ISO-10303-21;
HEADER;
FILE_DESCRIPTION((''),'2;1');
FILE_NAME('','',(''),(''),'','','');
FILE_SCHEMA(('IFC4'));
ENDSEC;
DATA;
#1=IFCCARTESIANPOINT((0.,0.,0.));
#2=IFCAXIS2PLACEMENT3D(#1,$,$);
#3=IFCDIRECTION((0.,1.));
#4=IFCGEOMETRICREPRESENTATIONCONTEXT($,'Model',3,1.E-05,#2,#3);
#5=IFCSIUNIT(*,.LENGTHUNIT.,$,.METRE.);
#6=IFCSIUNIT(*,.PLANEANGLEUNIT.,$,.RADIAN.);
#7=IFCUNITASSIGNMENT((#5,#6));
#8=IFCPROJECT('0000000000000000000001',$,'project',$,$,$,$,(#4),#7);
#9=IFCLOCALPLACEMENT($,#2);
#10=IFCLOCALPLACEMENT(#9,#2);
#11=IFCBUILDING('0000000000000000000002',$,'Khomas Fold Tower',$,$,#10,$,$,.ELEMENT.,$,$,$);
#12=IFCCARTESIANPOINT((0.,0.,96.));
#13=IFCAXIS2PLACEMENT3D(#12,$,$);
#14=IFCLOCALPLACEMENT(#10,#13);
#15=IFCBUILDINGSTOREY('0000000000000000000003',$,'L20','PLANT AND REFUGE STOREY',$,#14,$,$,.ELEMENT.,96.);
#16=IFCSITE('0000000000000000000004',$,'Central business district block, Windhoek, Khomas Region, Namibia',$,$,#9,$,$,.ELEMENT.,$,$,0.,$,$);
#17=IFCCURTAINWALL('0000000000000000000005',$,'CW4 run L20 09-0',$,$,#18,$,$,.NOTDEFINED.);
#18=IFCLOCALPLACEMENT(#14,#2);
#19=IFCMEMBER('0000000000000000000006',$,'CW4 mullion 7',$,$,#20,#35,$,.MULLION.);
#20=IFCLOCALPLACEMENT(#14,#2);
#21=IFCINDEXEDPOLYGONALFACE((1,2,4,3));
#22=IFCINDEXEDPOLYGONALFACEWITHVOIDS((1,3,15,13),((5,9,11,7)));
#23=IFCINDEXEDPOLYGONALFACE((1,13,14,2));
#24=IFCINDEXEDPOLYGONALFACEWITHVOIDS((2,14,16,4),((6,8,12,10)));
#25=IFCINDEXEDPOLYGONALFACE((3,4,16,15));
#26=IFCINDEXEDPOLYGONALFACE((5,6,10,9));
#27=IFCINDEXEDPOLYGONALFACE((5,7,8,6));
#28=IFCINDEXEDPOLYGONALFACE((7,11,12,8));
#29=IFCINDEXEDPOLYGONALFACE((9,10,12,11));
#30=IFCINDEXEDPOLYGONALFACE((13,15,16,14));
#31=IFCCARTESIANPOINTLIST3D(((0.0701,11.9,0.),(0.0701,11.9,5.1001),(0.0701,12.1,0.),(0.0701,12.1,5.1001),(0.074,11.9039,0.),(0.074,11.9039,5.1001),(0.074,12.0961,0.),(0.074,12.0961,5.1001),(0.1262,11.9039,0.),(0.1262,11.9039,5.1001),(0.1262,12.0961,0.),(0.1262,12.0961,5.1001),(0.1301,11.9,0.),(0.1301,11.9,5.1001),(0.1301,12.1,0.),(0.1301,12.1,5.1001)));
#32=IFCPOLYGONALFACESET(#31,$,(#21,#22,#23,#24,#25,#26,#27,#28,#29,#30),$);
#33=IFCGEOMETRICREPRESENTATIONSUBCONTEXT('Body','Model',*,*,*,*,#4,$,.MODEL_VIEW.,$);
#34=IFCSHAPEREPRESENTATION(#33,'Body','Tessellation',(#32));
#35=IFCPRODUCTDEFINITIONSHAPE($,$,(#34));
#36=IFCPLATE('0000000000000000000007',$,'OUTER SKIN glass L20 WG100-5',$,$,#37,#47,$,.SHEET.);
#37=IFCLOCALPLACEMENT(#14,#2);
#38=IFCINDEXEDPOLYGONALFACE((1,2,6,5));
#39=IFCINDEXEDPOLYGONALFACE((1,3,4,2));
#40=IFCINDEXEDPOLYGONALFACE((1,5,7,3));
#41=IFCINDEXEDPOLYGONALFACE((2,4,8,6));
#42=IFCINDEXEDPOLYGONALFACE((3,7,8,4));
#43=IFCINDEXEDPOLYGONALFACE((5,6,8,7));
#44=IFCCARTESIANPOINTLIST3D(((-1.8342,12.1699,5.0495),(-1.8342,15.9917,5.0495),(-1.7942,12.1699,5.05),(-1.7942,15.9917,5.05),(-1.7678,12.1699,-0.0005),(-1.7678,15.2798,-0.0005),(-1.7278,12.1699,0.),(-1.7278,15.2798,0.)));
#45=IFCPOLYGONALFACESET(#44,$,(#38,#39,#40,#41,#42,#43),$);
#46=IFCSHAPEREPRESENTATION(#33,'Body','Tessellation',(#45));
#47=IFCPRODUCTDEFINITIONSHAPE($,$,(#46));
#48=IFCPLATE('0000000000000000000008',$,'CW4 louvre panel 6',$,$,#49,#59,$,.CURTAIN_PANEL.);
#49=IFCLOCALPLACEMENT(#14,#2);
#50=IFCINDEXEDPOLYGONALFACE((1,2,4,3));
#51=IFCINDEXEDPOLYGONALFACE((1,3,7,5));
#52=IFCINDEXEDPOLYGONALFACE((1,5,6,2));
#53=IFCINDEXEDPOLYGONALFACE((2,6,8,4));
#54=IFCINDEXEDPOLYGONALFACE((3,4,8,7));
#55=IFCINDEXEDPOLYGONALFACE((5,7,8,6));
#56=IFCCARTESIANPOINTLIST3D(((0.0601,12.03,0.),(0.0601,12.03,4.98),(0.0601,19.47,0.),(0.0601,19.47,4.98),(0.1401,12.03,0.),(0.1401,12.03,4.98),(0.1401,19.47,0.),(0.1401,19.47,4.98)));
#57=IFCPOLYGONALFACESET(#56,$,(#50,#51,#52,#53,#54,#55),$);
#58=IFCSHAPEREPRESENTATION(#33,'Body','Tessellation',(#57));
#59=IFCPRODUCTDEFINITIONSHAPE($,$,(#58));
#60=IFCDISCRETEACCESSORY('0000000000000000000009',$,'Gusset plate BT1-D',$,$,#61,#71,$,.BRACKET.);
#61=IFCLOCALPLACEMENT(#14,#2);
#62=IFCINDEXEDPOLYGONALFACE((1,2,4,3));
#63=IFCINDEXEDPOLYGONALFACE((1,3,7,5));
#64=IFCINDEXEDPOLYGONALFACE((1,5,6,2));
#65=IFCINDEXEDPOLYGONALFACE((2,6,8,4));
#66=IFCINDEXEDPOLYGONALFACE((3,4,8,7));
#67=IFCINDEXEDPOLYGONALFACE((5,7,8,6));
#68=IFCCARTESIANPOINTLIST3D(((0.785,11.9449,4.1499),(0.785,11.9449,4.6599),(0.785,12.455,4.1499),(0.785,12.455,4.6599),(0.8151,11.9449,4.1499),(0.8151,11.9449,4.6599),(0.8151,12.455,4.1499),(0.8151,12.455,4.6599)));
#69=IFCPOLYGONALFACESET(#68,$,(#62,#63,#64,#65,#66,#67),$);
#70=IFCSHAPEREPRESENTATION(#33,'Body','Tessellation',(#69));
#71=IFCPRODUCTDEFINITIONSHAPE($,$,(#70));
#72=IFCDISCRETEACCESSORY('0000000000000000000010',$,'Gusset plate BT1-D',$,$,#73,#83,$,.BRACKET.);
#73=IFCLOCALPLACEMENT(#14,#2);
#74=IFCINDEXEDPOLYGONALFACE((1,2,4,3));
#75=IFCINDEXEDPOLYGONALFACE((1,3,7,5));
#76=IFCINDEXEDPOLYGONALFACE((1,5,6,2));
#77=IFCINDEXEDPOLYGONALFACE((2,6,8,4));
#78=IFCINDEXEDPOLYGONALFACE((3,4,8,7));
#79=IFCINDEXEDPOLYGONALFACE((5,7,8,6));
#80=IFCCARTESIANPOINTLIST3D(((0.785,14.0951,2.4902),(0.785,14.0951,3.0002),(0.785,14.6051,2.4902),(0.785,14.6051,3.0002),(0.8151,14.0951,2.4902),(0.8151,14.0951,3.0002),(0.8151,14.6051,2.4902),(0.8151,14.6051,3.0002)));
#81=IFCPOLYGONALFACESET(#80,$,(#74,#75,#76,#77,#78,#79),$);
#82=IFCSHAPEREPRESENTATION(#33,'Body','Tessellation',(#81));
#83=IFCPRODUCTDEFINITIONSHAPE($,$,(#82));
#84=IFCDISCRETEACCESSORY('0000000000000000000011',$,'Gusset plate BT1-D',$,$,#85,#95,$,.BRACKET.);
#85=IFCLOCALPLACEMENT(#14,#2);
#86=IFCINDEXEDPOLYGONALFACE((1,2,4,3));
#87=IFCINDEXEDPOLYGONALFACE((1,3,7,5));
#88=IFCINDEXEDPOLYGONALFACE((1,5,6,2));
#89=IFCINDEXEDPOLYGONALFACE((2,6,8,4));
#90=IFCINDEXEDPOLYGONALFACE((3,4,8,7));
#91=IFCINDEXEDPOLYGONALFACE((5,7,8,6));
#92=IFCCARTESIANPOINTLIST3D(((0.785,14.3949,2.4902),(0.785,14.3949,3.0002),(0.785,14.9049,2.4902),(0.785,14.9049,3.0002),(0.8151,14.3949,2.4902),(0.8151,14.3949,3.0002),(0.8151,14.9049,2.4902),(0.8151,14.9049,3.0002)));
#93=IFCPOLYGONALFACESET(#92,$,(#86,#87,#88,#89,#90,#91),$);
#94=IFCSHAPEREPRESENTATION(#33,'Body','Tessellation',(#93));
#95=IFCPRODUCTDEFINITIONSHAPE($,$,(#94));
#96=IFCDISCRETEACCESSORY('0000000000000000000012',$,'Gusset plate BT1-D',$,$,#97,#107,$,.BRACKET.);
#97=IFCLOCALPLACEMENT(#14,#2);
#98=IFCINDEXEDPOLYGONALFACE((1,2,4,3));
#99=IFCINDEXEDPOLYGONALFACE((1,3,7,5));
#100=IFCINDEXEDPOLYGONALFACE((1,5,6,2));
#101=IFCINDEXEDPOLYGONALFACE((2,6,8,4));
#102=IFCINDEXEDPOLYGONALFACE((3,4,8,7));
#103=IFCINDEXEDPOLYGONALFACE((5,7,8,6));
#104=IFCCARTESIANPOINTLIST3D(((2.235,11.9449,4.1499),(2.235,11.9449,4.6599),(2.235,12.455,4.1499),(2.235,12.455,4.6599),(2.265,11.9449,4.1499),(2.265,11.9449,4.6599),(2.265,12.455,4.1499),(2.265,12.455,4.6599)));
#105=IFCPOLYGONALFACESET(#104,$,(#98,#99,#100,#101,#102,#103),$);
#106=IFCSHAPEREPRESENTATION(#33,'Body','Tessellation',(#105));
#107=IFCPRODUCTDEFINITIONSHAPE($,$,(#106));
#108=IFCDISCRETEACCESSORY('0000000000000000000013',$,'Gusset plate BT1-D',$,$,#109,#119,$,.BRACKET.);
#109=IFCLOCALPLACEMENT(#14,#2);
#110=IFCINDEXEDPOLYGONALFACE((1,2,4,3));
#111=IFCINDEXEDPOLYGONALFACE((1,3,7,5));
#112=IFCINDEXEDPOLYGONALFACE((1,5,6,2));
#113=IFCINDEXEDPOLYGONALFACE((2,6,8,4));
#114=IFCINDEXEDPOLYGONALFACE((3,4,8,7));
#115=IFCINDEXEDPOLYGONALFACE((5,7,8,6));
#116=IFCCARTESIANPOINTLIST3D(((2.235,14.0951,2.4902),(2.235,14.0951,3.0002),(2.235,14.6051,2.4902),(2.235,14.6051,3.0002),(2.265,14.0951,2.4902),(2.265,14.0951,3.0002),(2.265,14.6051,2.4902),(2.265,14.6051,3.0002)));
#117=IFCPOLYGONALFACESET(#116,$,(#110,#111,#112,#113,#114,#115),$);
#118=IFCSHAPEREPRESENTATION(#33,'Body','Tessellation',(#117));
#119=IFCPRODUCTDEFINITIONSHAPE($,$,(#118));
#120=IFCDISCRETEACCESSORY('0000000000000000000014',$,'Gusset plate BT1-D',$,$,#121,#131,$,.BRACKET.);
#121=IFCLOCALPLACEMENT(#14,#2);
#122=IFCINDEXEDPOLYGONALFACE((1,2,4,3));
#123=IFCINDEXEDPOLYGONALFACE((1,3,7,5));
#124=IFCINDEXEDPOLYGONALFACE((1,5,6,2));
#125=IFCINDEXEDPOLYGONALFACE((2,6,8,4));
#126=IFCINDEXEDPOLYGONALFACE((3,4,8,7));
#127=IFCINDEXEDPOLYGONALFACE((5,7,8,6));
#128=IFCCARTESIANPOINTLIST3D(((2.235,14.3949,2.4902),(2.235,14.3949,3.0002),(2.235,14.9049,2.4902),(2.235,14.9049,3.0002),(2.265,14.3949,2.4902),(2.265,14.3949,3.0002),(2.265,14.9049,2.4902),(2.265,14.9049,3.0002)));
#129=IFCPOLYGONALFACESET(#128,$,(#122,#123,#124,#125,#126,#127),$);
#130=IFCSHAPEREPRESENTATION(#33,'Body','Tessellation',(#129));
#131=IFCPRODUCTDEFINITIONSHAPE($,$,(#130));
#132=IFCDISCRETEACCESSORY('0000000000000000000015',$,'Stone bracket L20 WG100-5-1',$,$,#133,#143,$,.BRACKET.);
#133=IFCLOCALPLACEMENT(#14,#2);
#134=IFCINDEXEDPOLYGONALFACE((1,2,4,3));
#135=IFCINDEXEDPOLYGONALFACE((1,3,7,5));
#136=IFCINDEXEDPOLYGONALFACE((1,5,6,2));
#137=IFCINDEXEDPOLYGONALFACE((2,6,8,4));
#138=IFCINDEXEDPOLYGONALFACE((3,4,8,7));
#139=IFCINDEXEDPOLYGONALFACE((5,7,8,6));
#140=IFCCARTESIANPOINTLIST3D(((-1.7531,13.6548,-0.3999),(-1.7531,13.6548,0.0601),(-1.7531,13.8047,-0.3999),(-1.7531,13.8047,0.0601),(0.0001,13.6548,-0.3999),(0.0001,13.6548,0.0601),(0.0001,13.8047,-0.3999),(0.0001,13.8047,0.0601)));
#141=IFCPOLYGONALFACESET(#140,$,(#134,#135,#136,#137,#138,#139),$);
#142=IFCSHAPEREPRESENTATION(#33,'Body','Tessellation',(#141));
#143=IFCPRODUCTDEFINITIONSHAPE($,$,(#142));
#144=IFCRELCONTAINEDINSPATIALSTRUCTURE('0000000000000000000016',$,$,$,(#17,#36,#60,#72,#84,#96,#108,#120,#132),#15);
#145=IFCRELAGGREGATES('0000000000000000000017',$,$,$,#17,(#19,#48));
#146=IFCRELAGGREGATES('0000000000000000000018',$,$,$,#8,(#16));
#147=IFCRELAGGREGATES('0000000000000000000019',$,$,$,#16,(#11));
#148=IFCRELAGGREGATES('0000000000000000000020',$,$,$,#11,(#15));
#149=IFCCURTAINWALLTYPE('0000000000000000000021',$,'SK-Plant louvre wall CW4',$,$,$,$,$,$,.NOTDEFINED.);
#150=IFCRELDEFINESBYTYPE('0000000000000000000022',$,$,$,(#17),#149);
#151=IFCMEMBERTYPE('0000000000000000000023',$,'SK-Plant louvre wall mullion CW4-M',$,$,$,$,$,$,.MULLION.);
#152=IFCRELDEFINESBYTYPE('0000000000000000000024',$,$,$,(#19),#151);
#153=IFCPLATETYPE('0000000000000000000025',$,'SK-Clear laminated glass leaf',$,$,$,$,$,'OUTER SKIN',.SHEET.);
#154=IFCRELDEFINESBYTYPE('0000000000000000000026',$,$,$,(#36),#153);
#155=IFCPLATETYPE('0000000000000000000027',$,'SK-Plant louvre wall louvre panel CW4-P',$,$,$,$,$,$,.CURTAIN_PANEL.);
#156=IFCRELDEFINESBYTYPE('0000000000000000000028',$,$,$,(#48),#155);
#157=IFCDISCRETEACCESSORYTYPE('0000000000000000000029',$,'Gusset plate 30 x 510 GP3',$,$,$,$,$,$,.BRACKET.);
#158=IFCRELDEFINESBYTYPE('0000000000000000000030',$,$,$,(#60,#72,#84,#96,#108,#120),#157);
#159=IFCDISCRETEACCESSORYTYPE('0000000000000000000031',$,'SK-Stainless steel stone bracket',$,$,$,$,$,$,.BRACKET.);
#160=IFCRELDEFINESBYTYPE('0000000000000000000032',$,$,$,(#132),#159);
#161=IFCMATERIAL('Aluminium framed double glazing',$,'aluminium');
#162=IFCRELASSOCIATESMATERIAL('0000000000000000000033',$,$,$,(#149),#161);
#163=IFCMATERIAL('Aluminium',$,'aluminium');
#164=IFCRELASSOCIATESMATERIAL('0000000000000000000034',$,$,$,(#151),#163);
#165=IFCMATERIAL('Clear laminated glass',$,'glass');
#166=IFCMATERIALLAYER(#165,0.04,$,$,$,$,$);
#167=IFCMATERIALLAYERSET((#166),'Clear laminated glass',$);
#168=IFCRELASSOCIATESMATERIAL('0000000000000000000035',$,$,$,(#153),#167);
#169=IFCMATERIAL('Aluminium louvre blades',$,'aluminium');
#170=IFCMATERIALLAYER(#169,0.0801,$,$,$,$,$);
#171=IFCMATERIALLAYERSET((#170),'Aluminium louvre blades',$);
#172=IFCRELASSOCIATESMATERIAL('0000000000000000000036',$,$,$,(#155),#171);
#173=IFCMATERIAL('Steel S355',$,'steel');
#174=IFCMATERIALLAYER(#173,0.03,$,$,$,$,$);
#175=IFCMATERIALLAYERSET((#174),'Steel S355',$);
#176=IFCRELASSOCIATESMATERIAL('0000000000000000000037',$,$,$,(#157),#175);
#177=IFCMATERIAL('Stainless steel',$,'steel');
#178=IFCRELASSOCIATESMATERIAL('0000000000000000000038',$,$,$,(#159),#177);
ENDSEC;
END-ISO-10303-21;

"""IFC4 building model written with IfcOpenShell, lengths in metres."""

from ifc_helpers import new_model, si_unit, direction, frame, origin, origin_2d, place, context, subcontext, project, spatial, polyline, rectangle, hollow_rectangle, outline, extrude, source, transform, mapped, material, layer, layer_set, material_profile, profile_set, type_object, element, aggregate, save


model = new_model("IFC4")

# Units and contexts
model_context = context("Model", 3, precision=1e-05, world=origin(), true_north=direction((0.0, 1.0)))
body_context = subcontext(model_context, "Body", "Model", "MODEL_VIEW")
ifc_project = project(units=[si_unit("LENGTHUNIT", "METRE"), si_unit("PLANEANGLEUNIT", "RADIAN")], contexts=[model_context])

# Site, building, storey
site_placement = place(None, origin())
site = spatial("IfcSite", under=ifc_project, at=site_placement, Name="Central business district block, Windhoek, Khomas Region, Namibia", CompositionType="ELEMENT", RefElevation=0.0)
building_placement = place(site_placement, origin())
building = spatial("IfcBuilding", under=site, at=building_placement, Name="Khomas Fold Tower", CompositionType="ELEMENT")
storey_placement = place(building_placement, frame((0.0, 0.0, 96.0)))
storey = spatial("IfcBuildingStorey", under=building, at=storey_placement, Name="L20", Description="PLANT AND REFUGE STOREY", CompositionType="ELEMENT", Elevation=96.0)

# Curtain wall, member
ifc_material_1 = material(Name="Aluminium framed double glazing", Category="aluminium")
curtain_wall_type = type_object("IfcCurtainWallType", Name="SK-Plant louvre wall CW4", PredefinedType="NOTDEFINED", material=ifc_material_1)
curtain_wall_placement = place(storey_placement, origin())
curtain_wall = element("IfcCurtainWall", 1, at=curtain_wall_placement, inside=storey, type_object=curtain_wall_type, Name="CW4 run L20 09-0", PredefinedType="NOTDEFINED")
ifc_material_2 = material(Name="Aluminium", Category="aluminium")
ifc_material_profile_1 = material_profile(ifc_material_2, hollow_rectangle(XDim=0.0601, YDim=0.2, WallThickness=0.0039, at=origin_2d()), Name="SK-Plant louvre wall mullion CW4-M")
ifc_profile_set_1 = profile_set([ifc_material_profile_1], Name="Aluminium")
member_type_1 = type_object("IfcMemberType", Name="SK-Plant louvre wall mullion CW4-M", PredefinedType="MULLION", material=ifc_profile_set_1)
shared_shape_1 = source(origin(), body_context, "Body", "SweptSolid", [
    extrude(hollow_rectangle(XDim=0.0601, YDim=0.2, WallThickness=0.0039, at=origin_2d()), origin(), (0.0, 0.0, 1.0), 5.1001),
])
member_1_placement = place(storey_placement, frame((0.1001, 12.0, 0.0), z_axis=(0.0, 0.0, 1.0), x_axis=(1.0, 0.0, 0.0)))
member_1 = element("IfcMember", 2, at=member_1_placement, type_object=member_type_1, Name="CW4 mullion 7", PredefinedType="MULLION", context=body_context, shape_type="MappedRepresentation", body=[
    mapped(shared_shape_1, transform((0.0, 0.0, 0.0))),
])

# Plates
ifc_material_3 = material(Name="Clear laminated glass", Category="glass")
ifc_layer_1 = layer(ifc_material_3, 0.04)
ifc_layer_set_1 = layer_set([ifc_layer_1], Name="Clear laminated glass")
plate_type_1 = type_object("IfcPlateType", Name="SK-Clear laminated glass leaf", ElementType="OUTER SKIN", PredefinedType="SHEET", material=ifc_layer_set_1)
plate_1_placement = place(storey_placement, frame((-1.7278, 15.2798, 0.0), z_axis=(0.999914, 0.0, 0.013148), x_axis=(0.0, -1.0, 0.0)))
element("IfcPlate", 3, at=plate_1_placement, inside=storey, type_object=plate_type_1, Name="OUTER SKIN glass L20 WG100-5", PredefinedType="SHEET", context=body_context, shape_type="SweptSolid", body=[
    extrude(outline(polyline([(0.0, 0.0), (3.1099, 0.0), (3.1099, -5.0505), (-0.7119, -5.0505), (0.0, 0.0)])), origin(), (0.0, 0.0, -1.0), 0.04),
])
ifc_material_4 = material(Name="Aluminium louvre blades", Category="aluminium")
ifc_layer_2 = layer(ifc_material_4, 0.0801)
ifc_layer_set_2 = layer_set([ifc_layer_2], Name="Aluminium louvre blades")
plate_type_2 = type_object("IfcPlateType", Name="SK-Plant louvre wall louvre panel CW4-P", PredefinedType="CURTAIN_PANEL", material=ifc_layer_set_2)
shared_shape_2 = source(origin(), body_context, "Body", "SweptSolid", [
    extrude(rectangle(XDim=7.4399, YDim=0.0801, at=origin_2d()), origin(), (0.0, 0.0, 1.0), 4.98),
])
plate_2_placement = place(storey_placement, frame((0.1001, 15.75, 0.0), z_axis=(0.0, 0.0, 1.0), x_axis=(0.0, -1.0, 0.0)))
plate_2 = element("IfcPlate", 4, at=plate_2_placement, type_object=plate_type_2, Name="CW4 louvre panel 6", PredefinedType="CURTAIN_PANEL", context=body_context, shape_type="MappedRepresentation", body=[
    mapped(shared_shape_2, transform((0.0, 0.0, 0.0))),
])
aggregate(curtain_wall, [member_1, plate_2])

# Discrete accessories
ifc_material_5 = material(Name="Steel S355", Category="steel")
ifc_layer_3 = layer(ifc_material_5, 0.03)
ifc_layer_set_3 = layer_set([ifc_layer_3], Name="Steel S355")
discrete_accessory_type_1 = type_object("IfcDiscreteAccessoryType", Name="Gusset plate 30 x 510 GP3", PredefinedType="BRACKET", material=ifc_layer_set_3)
shared_shape_3 = source(origin(), body_context, "Body", "SweptSolid", [
    extrude(rectangle(XDim=0.51, YDim=0.03, at=origin_2d()), origin(), (0.0, 0.0, 1.0), 0.51),
])
for number, where, z_axis, x_axis, name in (
    (5, (0.8, 12.2, 4.1499), (0.0, 0.0, 1.0), (0.0, 1.0, 0.0), "Gusset plate BT1-D"),
    (6, (0.8, 14.3501, 2.4902), (0.0, 0.0, 1.0), (0.0, 1.0, 0.0), "Gusset plate BT1-D"),
    (7, (0.8, 14.6499, 2.4902), (0.0, 0.0, 1.0), (0.0, 1.0, 0.0), "Gusset plate BT1-D"),
    (8, (2.25, 12.2, 4.1499), (0.0, 0.0, 1.0), (0.0, 1.0, 0.0), "Gusset plate BT1-D"),
    (9, (2.25, 14.3501, 2.4902), (0.0, 0.0, 1.0), (0.0, 1.0, 0.0), "Gusset plate BT1-D"),
    (10, (2.25, 14.6499, 2.4902), (0.0, 0.0, 1.0), (0.0, 1.0, 0.0), "Gusset plate BT1-D"),
):
    element("IfcDiscreteAccessory", number, at=place(storey_placement, frame(where, z_axis=z_axis, x_axis=x_axis)), inside=storey, type_object=discrete_accessory_type_1, Name=name, PredefinedType="BRACKET", context=body_context, shape_type="MappedRepresentation", body=[
        mapped(shared_shape_3, transform((0.0, 0.0, 0.0))),
    ])
ifc_material_6 = material(Name="Stainless steel", Category="steel")
discrete_accessory_type_2 = type_object("IfcDiscreteAccessoryType", Name="SK-Stainless steel stone bracket", PredefinedType="BRACKET", material=ifc_material_6)
shared_shape_4 = source(origin(), body_context, "Body", "SweptSolid", [
    extrude(rectangle(XDim=1.7532, YDim=0.1499, at=origin_2d()), origin(), (0.0, 0.0, 1.0), 0.46),
])
discrete_accessory_placement = place(storey_placement, frame((-0.8765, 13.7297, -0.3999), z_axis=(0.0, 0.0, 1.0), x_axis=(-1.0, 0.0, 0.0)))
element("IfcDiscreteAccessory", 11, at=discrete_accessory_placement, inside=storey, type_object=discrete_accessory_type_2, Name="Stone bracket L20 WG100-5-1", PredefinedType="BRACKET", context=body_context, shape_type="MappedRepresentation", body=[
    mapped(shared_shape_4, transform((0.0, 0.0, 0.0))),
])

save(model, "model.ifc")
